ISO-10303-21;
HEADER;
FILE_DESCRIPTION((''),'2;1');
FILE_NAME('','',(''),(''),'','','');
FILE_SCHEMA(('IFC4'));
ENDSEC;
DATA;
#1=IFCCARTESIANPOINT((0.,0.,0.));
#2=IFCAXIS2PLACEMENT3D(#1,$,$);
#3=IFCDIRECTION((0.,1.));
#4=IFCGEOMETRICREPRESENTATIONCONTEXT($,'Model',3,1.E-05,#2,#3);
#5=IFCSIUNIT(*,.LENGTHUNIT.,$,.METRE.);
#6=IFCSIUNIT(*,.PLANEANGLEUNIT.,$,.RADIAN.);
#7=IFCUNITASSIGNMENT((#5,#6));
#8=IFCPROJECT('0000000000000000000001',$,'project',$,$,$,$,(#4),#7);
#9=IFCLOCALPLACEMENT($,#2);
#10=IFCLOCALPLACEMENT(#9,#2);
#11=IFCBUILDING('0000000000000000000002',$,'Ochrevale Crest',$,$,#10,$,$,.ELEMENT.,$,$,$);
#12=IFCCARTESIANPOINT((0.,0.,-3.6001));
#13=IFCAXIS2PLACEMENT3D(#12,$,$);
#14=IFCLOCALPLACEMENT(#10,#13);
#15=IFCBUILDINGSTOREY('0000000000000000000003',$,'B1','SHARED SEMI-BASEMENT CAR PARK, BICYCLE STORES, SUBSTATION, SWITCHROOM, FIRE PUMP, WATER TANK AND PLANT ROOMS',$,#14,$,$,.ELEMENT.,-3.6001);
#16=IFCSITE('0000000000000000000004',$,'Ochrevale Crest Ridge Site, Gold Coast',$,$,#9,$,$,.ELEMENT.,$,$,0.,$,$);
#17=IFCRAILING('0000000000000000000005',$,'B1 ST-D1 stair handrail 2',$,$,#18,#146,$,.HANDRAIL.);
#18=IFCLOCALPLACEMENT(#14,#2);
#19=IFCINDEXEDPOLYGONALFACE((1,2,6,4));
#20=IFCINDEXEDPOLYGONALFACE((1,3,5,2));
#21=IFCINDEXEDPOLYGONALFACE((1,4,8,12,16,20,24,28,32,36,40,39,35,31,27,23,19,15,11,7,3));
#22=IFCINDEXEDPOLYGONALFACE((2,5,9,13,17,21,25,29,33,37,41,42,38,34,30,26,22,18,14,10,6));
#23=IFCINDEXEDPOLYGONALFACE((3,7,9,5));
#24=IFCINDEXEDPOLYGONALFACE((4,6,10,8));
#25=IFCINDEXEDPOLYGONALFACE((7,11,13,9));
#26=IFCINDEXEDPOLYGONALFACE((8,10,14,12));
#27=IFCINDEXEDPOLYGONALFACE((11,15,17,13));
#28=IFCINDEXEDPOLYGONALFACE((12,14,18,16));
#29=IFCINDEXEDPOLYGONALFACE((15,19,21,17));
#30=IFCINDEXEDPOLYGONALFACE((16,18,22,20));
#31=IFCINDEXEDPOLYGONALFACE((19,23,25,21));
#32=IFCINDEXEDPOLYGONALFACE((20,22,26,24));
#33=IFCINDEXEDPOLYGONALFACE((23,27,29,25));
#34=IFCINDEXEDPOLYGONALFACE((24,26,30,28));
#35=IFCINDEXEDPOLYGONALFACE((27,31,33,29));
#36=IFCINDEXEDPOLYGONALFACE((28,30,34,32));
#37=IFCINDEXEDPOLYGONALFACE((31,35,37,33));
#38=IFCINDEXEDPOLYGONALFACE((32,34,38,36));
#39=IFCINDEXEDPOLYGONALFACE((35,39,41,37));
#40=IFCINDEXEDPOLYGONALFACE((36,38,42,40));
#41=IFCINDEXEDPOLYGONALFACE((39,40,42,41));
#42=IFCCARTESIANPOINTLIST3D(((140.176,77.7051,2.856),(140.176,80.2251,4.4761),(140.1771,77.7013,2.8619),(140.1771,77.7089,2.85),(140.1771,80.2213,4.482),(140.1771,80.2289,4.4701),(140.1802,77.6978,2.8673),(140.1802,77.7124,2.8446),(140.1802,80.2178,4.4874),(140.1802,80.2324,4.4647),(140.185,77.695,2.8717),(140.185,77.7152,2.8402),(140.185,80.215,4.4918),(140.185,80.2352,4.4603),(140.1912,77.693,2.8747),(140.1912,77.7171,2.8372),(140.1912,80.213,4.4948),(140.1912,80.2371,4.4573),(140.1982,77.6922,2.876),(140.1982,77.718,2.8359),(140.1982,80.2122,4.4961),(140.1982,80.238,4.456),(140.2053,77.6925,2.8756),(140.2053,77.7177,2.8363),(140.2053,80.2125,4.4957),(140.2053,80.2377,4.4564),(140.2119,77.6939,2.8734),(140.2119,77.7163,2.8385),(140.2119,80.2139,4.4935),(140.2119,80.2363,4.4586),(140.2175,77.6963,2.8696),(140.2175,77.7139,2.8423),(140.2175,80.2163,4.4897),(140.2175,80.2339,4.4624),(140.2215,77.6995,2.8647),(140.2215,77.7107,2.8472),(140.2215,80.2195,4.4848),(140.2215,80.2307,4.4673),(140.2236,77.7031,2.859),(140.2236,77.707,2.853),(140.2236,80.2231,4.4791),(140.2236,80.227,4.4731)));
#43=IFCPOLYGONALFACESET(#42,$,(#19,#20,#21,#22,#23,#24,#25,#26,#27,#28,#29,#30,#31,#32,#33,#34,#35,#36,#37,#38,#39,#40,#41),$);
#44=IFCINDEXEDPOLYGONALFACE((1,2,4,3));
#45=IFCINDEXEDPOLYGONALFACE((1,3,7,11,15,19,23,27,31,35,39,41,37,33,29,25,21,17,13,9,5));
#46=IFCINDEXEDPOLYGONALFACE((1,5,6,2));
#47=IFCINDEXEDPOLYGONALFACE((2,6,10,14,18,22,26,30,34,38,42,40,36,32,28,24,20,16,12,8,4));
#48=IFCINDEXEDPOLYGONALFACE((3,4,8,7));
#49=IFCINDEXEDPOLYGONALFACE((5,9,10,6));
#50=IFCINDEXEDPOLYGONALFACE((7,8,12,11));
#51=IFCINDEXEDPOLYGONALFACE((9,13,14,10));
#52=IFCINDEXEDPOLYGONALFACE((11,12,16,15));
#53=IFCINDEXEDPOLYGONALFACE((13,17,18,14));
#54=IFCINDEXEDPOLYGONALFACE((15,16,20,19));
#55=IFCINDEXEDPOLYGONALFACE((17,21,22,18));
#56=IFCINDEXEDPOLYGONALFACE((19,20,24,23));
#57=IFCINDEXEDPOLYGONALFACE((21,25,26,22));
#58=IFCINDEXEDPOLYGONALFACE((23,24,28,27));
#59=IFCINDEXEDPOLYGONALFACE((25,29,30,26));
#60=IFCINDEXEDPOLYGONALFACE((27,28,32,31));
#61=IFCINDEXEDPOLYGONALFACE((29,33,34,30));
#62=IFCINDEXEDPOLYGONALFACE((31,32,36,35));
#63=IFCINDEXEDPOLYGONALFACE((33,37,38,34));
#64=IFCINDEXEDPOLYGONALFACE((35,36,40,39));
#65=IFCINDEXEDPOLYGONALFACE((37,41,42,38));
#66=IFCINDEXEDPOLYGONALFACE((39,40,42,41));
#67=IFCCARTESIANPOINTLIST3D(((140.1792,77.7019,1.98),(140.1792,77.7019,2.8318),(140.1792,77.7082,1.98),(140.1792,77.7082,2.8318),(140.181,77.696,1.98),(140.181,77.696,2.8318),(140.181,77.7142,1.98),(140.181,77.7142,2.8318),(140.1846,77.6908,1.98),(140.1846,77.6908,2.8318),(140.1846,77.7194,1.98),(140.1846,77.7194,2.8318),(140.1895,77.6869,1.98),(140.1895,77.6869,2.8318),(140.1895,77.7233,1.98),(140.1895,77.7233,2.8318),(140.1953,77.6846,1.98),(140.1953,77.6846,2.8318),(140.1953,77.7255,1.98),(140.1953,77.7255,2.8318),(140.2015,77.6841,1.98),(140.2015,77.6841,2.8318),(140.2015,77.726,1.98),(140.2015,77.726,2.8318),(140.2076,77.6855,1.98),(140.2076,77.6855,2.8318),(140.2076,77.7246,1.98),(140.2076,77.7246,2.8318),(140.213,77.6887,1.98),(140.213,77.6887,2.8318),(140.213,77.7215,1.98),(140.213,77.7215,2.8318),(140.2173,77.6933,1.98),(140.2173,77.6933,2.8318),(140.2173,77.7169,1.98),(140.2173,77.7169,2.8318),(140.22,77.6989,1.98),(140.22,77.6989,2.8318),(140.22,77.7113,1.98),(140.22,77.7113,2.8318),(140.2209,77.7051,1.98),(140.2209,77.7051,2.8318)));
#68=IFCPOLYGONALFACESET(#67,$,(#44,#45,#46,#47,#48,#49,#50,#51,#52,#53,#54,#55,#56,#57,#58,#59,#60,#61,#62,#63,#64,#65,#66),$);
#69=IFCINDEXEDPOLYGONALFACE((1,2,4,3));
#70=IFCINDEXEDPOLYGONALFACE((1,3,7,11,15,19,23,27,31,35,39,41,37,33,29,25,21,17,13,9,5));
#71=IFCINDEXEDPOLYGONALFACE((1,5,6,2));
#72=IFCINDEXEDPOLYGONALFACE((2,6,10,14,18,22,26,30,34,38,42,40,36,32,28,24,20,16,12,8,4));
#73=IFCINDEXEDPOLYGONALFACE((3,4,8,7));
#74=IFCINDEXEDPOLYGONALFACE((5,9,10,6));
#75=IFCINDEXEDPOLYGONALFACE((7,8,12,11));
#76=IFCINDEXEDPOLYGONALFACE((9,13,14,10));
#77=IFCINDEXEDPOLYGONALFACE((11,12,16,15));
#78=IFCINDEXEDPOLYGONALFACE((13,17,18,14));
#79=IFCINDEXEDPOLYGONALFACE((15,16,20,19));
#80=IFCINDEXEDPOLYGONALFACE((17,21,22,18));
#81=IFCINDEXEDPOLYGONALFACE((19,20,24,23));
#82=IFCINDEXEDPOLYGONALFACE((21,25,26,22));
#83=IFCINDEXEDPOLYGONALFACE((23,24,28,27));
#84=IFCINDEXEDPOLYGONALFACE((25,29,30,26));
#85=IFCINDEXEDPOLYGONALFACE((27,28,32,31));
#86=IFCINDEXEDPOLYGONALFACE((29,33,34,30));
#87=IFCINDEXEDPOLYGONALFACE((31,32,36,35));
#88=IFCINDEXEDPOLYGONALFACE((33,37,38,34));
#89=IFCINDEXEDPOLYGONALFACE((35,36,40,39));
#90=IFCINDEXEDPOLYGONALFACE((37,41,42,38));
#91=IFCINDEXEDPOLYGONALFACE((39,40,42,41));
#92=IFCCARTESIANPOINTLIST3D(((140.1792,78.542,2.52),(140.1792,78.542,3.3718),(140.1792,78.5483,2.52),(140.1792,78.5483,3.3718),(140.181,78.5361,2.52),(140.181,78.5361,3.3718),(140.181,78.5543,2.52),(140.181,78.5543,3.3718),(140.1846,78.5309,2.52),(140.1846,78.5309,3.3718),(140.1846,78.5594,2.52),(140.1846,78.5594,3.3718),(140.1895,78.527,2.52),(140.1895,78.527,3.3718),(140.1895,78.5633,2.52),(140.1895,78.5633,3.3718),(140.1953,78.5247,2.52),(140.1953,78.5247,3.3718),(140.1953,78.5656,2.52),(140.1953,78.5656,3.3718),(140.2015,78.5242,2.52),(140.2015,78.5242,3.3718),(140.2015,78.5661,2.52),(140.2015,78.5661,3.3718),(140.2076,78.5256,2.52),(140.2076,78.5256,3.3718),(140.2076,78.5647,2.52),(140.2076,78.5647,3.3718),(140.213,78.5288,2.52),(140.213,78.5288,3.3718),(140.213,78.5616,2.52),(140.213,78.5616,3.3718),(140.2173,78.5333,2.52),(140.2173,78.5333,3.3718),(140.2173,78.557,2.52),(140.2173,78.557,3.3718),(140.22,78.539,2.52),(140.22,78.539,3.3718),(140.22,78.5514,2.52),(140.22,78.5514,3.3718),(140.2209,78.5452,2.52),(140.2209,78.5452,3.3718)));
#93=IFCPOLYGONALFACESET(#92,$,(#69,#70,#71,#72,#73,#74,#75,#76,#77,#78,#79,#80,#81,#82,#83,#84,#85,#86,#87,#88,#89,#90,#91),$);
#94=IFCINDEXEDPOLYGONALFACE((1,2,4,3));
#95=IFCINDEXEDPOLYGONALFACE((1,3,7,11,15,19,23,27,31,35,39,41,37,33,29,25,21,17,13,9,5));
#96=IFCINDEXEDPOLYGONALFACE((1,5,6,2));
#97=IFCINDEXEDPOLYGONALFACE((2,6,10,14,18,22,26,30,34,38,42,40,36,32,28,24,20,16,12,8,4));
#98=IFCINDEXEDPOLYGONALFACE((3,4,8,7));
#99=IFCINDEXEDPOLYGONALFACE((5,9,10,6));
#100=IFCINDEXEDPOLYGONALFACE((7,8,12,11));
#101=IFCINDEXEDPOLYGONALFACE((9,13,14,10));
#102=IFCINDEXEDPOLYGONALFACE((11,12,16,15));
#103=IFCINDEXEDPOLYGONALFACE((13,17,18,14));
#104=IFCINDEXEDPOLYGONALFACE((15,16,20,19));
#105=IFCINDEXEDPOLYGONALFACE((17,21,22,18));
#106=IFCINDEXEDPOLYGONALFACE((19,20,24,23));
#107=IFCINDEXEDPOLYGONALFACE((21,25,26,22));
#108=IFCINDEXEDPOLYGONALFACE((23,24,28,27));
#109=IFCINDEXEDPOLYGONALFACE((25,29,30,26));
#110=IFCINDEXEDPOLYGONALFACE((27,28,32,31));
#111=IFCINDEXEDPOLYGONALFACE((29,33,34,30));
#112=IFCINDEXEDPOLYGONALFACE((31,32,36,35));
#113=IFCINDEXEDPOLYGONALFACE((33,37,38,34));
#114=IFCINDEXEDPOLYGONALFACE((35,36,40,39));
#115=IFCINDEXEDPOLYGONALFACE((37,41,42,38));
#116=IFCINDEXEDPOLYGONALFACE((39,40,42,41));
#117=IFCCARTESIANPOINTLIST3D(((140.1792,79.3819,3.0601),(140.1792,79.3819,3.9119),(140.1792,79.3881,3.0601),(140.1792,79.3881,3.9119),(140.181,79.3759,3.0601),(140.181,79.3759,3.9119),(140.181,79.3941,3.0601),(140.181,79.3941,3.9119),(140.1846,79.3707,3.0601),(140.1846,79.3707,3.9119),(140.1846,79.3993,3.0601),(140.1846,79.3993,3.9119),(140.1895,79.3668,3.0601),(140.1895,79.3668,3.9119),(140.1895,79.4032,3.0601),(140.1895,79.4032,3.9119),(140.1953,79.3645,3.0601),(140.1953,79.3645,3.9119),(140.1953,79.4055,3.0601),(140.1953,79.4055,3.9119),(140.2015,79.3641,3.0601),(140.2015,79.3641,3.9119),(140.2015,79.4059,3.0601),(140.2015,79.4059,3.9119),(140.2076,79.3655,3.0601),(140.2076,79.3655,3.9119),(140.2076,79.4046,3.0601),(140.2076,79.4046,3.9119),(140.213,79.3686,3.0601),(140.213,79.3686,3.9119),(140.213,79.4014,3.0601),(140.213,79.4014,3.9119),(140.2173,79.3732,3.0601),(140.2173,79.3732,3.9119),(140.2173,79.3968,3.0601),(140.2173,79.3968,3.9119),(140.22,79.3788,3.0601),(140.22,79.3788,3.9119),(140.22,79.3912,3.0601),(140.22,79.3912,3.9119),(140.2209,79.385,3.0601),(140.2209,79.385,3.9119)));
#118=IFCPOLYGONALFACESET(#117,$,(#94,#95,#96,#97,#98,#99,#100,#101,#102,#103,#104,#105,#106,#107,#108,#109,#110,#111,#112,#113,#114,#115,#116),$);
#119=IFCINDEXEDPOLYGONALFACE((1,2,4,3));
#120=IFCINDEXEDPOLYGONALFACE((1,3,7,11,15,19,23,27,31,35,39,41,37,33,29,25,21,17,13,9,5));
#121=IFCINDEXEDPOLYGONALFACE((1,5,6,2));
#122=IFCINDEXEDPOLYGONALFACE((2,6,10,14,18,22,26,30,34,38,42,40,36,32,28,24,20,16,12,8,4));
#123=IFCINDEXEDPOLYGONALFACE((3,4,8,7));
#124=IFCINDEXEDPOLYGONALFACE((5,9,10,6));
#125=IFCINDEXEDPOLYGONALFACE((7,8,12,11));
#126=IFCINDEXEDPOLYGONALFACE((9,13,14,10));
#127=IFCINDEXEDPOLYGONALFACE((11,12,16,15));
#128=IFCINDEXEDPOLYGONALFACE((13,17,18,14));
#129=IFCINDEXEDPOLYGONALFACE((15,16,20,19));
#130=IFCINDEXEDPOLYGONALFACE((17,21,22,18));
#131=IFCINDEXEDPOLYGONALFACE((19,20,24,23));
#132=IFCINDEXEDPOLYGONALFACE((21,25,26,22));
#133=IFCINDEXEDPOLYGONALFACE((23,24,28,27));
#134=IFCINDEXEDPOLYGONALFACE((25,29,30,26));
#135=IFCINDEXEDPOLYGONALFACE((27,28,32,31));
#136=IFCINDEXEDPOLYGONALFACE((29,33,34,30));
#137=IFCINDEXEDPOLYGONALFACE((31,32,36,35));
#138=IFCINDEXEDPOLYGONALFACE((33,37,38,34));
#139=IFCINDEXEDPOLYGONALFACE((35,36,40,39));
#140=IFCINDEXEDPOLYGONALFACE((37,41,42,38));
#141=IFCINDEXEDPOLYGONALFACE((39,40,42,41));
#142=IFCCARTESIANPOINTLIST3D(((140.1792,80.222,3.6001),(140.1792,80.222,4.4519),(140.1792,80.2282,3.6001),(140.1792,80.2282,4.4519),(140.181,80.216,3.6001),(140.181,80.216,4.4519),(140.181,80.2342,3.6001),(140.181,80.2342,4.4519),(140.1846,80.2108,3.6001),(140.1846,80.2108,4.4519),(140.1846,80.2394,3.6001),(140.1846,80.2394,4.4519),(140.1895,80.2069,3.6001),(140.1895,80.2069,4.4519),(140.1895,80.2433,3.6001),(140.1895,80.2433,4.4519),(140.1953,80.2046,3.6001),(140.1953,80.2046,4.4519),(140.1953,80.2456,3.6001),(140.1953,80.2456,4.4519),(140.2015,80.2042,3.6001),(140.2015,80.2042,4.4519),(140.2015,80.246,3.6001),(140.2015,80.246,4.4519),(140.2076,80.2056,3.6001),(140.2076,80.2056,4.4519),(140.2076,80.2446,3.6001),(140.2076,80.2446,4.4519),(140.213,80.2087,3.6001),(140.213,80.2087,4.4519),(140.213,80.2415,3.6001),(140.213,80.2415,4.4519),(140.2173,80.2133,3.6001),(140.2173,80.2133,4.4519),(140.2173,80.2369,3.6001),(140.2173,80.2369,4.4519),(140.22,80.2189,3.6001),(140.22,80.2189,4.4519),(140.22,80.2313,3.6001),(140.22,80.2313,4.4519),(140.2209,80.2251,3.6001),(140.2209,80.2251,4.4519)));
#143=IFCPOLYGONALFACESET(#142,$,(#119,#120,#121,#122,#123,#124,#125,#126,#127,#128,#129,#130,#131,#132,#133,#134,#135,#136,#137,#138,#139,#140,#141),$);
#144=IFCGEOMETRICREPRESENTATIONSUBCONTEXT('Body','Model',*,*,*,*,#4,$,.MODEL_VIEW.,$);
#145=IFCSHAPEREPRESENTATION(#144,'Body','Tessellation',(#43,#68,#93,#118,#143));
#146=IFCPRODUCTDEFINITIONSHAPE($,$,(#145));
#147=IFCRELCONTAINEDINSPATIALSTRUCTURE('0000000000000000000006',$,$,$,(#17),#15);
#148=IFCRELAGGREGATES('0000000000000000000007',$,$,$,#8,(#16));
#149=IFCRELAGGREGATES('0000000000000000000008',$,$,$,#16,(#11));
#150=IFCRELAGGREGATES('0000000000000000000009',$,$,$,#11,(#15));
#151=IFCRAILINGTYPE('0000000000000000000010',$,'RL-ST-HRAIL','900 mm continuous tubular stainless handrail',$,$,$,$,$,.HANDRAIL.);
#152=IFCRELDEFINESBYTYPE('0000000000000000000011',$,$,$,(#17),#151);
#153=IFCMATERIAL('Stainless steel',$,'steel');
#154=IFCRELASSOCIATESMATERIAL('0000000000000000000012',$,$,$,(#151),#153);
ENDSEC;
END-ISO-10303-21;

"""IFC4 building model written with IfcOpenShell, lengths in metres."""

from ifc_helpers import new_model, si_unit, direction, frame, origin, origin_2d, place, context, subcontext, project, spatial, circle, extrude, material, type_object, element, save


model = new_model("IFC4")

# Units and contexts
model_context = context("Model", 3, precision=1e-05, world=origin(), true_north=direction((0.0, 1.0)))
body_context = subcontext(model_context, "Body", "Model", "MODEL_VIEW")
ifc_project = project(units=[si_unit("LENGTHUNIT", "METRE"), si_unit("PLANEANGLEUNIT", "RADIAN")], contexts=[model_context])

# Site, building, storey
site_placement = place(None, origin())
site = spatial("IfcSite", under=ifc_project, at=site_placement, Name="Ochrevale Crest Ridge Site, Gold Coast", CompositionType="ELEMENT", RefElevation=0.0)
building_placement = place(site_placement, origin())
building = spatial("IfcBuilding", under=site, at=building_placement, Name="Ochrevale Crest", CompositionType="ELEMENT")
storey_placement = place(building_placement, frame((0.0, 0.0, -3.6001)))
storey = spatial("IfcBuildingStorey", under=building, at=storey_placement, Name="B1", Description="SHARED SEMI-BASEMENT CAR PARK, BICYCLE STORES, SUBSTATION, SWITCHROOM, FIRE PUMP, WATER TANK AND PLANT ROOMS", CompositionType="ELEMENT", Elevation=-3.6001)

# Railing
ifc_material_1 = material(Name="Stainless steel", Category="steel")
railing_type_1 = type_object("IfcRailingType", Name="RL-ST-HRAIL", Description="900 mm continuous tubular stainless handrail", PredefinedType="HANDRAIL", material=ifc_material_1)
railing_1_placement = place(storey_placement, frame((140.2, 77.7051, 1.98)))
element("IfcRailing", 1, at=railing_1_placement, inside=storey, type_object=railing_type_1, Name="B1 ST-D1 stair handrail 2", PredefinedType="HANDRAIL", context=body_context, shape_type="SweptSolid", body=[
    extrude(circle(Radius=0.0239, at=origin_2d()), frame((0.0, 0.0, 0.876), z_axis=(0.0, 0.841163, 0.540782), x_axis=(-1.0, 0.0, 0.0)), (0.0, 0.0, 1.0), 2.9958),
    extrude(circle(Radius=0.021, at=origin_2d()), origin(), (0.0, 0.0, 1.0), 0.8518),
    extrude(circle(Radius=0.021, at=origin_2d()), frame((0.0, 0.8401, 0.54)), (0.0, 0.0, 1.0), 0.8518),
    extrude(circle(Radius=0.021, at=origin_2d()), frame((0.0, 1.6799, 1.0801)), (0.0, 0.0, 1.0), 0.8518),
    extrude(circle(Radius=0.021, at=origin_2d()), frame((0.0, 2.52, 1.6201)), (0.0, 0.0, 1.0), 0.8518),
])

save(model, "model.ifc")
